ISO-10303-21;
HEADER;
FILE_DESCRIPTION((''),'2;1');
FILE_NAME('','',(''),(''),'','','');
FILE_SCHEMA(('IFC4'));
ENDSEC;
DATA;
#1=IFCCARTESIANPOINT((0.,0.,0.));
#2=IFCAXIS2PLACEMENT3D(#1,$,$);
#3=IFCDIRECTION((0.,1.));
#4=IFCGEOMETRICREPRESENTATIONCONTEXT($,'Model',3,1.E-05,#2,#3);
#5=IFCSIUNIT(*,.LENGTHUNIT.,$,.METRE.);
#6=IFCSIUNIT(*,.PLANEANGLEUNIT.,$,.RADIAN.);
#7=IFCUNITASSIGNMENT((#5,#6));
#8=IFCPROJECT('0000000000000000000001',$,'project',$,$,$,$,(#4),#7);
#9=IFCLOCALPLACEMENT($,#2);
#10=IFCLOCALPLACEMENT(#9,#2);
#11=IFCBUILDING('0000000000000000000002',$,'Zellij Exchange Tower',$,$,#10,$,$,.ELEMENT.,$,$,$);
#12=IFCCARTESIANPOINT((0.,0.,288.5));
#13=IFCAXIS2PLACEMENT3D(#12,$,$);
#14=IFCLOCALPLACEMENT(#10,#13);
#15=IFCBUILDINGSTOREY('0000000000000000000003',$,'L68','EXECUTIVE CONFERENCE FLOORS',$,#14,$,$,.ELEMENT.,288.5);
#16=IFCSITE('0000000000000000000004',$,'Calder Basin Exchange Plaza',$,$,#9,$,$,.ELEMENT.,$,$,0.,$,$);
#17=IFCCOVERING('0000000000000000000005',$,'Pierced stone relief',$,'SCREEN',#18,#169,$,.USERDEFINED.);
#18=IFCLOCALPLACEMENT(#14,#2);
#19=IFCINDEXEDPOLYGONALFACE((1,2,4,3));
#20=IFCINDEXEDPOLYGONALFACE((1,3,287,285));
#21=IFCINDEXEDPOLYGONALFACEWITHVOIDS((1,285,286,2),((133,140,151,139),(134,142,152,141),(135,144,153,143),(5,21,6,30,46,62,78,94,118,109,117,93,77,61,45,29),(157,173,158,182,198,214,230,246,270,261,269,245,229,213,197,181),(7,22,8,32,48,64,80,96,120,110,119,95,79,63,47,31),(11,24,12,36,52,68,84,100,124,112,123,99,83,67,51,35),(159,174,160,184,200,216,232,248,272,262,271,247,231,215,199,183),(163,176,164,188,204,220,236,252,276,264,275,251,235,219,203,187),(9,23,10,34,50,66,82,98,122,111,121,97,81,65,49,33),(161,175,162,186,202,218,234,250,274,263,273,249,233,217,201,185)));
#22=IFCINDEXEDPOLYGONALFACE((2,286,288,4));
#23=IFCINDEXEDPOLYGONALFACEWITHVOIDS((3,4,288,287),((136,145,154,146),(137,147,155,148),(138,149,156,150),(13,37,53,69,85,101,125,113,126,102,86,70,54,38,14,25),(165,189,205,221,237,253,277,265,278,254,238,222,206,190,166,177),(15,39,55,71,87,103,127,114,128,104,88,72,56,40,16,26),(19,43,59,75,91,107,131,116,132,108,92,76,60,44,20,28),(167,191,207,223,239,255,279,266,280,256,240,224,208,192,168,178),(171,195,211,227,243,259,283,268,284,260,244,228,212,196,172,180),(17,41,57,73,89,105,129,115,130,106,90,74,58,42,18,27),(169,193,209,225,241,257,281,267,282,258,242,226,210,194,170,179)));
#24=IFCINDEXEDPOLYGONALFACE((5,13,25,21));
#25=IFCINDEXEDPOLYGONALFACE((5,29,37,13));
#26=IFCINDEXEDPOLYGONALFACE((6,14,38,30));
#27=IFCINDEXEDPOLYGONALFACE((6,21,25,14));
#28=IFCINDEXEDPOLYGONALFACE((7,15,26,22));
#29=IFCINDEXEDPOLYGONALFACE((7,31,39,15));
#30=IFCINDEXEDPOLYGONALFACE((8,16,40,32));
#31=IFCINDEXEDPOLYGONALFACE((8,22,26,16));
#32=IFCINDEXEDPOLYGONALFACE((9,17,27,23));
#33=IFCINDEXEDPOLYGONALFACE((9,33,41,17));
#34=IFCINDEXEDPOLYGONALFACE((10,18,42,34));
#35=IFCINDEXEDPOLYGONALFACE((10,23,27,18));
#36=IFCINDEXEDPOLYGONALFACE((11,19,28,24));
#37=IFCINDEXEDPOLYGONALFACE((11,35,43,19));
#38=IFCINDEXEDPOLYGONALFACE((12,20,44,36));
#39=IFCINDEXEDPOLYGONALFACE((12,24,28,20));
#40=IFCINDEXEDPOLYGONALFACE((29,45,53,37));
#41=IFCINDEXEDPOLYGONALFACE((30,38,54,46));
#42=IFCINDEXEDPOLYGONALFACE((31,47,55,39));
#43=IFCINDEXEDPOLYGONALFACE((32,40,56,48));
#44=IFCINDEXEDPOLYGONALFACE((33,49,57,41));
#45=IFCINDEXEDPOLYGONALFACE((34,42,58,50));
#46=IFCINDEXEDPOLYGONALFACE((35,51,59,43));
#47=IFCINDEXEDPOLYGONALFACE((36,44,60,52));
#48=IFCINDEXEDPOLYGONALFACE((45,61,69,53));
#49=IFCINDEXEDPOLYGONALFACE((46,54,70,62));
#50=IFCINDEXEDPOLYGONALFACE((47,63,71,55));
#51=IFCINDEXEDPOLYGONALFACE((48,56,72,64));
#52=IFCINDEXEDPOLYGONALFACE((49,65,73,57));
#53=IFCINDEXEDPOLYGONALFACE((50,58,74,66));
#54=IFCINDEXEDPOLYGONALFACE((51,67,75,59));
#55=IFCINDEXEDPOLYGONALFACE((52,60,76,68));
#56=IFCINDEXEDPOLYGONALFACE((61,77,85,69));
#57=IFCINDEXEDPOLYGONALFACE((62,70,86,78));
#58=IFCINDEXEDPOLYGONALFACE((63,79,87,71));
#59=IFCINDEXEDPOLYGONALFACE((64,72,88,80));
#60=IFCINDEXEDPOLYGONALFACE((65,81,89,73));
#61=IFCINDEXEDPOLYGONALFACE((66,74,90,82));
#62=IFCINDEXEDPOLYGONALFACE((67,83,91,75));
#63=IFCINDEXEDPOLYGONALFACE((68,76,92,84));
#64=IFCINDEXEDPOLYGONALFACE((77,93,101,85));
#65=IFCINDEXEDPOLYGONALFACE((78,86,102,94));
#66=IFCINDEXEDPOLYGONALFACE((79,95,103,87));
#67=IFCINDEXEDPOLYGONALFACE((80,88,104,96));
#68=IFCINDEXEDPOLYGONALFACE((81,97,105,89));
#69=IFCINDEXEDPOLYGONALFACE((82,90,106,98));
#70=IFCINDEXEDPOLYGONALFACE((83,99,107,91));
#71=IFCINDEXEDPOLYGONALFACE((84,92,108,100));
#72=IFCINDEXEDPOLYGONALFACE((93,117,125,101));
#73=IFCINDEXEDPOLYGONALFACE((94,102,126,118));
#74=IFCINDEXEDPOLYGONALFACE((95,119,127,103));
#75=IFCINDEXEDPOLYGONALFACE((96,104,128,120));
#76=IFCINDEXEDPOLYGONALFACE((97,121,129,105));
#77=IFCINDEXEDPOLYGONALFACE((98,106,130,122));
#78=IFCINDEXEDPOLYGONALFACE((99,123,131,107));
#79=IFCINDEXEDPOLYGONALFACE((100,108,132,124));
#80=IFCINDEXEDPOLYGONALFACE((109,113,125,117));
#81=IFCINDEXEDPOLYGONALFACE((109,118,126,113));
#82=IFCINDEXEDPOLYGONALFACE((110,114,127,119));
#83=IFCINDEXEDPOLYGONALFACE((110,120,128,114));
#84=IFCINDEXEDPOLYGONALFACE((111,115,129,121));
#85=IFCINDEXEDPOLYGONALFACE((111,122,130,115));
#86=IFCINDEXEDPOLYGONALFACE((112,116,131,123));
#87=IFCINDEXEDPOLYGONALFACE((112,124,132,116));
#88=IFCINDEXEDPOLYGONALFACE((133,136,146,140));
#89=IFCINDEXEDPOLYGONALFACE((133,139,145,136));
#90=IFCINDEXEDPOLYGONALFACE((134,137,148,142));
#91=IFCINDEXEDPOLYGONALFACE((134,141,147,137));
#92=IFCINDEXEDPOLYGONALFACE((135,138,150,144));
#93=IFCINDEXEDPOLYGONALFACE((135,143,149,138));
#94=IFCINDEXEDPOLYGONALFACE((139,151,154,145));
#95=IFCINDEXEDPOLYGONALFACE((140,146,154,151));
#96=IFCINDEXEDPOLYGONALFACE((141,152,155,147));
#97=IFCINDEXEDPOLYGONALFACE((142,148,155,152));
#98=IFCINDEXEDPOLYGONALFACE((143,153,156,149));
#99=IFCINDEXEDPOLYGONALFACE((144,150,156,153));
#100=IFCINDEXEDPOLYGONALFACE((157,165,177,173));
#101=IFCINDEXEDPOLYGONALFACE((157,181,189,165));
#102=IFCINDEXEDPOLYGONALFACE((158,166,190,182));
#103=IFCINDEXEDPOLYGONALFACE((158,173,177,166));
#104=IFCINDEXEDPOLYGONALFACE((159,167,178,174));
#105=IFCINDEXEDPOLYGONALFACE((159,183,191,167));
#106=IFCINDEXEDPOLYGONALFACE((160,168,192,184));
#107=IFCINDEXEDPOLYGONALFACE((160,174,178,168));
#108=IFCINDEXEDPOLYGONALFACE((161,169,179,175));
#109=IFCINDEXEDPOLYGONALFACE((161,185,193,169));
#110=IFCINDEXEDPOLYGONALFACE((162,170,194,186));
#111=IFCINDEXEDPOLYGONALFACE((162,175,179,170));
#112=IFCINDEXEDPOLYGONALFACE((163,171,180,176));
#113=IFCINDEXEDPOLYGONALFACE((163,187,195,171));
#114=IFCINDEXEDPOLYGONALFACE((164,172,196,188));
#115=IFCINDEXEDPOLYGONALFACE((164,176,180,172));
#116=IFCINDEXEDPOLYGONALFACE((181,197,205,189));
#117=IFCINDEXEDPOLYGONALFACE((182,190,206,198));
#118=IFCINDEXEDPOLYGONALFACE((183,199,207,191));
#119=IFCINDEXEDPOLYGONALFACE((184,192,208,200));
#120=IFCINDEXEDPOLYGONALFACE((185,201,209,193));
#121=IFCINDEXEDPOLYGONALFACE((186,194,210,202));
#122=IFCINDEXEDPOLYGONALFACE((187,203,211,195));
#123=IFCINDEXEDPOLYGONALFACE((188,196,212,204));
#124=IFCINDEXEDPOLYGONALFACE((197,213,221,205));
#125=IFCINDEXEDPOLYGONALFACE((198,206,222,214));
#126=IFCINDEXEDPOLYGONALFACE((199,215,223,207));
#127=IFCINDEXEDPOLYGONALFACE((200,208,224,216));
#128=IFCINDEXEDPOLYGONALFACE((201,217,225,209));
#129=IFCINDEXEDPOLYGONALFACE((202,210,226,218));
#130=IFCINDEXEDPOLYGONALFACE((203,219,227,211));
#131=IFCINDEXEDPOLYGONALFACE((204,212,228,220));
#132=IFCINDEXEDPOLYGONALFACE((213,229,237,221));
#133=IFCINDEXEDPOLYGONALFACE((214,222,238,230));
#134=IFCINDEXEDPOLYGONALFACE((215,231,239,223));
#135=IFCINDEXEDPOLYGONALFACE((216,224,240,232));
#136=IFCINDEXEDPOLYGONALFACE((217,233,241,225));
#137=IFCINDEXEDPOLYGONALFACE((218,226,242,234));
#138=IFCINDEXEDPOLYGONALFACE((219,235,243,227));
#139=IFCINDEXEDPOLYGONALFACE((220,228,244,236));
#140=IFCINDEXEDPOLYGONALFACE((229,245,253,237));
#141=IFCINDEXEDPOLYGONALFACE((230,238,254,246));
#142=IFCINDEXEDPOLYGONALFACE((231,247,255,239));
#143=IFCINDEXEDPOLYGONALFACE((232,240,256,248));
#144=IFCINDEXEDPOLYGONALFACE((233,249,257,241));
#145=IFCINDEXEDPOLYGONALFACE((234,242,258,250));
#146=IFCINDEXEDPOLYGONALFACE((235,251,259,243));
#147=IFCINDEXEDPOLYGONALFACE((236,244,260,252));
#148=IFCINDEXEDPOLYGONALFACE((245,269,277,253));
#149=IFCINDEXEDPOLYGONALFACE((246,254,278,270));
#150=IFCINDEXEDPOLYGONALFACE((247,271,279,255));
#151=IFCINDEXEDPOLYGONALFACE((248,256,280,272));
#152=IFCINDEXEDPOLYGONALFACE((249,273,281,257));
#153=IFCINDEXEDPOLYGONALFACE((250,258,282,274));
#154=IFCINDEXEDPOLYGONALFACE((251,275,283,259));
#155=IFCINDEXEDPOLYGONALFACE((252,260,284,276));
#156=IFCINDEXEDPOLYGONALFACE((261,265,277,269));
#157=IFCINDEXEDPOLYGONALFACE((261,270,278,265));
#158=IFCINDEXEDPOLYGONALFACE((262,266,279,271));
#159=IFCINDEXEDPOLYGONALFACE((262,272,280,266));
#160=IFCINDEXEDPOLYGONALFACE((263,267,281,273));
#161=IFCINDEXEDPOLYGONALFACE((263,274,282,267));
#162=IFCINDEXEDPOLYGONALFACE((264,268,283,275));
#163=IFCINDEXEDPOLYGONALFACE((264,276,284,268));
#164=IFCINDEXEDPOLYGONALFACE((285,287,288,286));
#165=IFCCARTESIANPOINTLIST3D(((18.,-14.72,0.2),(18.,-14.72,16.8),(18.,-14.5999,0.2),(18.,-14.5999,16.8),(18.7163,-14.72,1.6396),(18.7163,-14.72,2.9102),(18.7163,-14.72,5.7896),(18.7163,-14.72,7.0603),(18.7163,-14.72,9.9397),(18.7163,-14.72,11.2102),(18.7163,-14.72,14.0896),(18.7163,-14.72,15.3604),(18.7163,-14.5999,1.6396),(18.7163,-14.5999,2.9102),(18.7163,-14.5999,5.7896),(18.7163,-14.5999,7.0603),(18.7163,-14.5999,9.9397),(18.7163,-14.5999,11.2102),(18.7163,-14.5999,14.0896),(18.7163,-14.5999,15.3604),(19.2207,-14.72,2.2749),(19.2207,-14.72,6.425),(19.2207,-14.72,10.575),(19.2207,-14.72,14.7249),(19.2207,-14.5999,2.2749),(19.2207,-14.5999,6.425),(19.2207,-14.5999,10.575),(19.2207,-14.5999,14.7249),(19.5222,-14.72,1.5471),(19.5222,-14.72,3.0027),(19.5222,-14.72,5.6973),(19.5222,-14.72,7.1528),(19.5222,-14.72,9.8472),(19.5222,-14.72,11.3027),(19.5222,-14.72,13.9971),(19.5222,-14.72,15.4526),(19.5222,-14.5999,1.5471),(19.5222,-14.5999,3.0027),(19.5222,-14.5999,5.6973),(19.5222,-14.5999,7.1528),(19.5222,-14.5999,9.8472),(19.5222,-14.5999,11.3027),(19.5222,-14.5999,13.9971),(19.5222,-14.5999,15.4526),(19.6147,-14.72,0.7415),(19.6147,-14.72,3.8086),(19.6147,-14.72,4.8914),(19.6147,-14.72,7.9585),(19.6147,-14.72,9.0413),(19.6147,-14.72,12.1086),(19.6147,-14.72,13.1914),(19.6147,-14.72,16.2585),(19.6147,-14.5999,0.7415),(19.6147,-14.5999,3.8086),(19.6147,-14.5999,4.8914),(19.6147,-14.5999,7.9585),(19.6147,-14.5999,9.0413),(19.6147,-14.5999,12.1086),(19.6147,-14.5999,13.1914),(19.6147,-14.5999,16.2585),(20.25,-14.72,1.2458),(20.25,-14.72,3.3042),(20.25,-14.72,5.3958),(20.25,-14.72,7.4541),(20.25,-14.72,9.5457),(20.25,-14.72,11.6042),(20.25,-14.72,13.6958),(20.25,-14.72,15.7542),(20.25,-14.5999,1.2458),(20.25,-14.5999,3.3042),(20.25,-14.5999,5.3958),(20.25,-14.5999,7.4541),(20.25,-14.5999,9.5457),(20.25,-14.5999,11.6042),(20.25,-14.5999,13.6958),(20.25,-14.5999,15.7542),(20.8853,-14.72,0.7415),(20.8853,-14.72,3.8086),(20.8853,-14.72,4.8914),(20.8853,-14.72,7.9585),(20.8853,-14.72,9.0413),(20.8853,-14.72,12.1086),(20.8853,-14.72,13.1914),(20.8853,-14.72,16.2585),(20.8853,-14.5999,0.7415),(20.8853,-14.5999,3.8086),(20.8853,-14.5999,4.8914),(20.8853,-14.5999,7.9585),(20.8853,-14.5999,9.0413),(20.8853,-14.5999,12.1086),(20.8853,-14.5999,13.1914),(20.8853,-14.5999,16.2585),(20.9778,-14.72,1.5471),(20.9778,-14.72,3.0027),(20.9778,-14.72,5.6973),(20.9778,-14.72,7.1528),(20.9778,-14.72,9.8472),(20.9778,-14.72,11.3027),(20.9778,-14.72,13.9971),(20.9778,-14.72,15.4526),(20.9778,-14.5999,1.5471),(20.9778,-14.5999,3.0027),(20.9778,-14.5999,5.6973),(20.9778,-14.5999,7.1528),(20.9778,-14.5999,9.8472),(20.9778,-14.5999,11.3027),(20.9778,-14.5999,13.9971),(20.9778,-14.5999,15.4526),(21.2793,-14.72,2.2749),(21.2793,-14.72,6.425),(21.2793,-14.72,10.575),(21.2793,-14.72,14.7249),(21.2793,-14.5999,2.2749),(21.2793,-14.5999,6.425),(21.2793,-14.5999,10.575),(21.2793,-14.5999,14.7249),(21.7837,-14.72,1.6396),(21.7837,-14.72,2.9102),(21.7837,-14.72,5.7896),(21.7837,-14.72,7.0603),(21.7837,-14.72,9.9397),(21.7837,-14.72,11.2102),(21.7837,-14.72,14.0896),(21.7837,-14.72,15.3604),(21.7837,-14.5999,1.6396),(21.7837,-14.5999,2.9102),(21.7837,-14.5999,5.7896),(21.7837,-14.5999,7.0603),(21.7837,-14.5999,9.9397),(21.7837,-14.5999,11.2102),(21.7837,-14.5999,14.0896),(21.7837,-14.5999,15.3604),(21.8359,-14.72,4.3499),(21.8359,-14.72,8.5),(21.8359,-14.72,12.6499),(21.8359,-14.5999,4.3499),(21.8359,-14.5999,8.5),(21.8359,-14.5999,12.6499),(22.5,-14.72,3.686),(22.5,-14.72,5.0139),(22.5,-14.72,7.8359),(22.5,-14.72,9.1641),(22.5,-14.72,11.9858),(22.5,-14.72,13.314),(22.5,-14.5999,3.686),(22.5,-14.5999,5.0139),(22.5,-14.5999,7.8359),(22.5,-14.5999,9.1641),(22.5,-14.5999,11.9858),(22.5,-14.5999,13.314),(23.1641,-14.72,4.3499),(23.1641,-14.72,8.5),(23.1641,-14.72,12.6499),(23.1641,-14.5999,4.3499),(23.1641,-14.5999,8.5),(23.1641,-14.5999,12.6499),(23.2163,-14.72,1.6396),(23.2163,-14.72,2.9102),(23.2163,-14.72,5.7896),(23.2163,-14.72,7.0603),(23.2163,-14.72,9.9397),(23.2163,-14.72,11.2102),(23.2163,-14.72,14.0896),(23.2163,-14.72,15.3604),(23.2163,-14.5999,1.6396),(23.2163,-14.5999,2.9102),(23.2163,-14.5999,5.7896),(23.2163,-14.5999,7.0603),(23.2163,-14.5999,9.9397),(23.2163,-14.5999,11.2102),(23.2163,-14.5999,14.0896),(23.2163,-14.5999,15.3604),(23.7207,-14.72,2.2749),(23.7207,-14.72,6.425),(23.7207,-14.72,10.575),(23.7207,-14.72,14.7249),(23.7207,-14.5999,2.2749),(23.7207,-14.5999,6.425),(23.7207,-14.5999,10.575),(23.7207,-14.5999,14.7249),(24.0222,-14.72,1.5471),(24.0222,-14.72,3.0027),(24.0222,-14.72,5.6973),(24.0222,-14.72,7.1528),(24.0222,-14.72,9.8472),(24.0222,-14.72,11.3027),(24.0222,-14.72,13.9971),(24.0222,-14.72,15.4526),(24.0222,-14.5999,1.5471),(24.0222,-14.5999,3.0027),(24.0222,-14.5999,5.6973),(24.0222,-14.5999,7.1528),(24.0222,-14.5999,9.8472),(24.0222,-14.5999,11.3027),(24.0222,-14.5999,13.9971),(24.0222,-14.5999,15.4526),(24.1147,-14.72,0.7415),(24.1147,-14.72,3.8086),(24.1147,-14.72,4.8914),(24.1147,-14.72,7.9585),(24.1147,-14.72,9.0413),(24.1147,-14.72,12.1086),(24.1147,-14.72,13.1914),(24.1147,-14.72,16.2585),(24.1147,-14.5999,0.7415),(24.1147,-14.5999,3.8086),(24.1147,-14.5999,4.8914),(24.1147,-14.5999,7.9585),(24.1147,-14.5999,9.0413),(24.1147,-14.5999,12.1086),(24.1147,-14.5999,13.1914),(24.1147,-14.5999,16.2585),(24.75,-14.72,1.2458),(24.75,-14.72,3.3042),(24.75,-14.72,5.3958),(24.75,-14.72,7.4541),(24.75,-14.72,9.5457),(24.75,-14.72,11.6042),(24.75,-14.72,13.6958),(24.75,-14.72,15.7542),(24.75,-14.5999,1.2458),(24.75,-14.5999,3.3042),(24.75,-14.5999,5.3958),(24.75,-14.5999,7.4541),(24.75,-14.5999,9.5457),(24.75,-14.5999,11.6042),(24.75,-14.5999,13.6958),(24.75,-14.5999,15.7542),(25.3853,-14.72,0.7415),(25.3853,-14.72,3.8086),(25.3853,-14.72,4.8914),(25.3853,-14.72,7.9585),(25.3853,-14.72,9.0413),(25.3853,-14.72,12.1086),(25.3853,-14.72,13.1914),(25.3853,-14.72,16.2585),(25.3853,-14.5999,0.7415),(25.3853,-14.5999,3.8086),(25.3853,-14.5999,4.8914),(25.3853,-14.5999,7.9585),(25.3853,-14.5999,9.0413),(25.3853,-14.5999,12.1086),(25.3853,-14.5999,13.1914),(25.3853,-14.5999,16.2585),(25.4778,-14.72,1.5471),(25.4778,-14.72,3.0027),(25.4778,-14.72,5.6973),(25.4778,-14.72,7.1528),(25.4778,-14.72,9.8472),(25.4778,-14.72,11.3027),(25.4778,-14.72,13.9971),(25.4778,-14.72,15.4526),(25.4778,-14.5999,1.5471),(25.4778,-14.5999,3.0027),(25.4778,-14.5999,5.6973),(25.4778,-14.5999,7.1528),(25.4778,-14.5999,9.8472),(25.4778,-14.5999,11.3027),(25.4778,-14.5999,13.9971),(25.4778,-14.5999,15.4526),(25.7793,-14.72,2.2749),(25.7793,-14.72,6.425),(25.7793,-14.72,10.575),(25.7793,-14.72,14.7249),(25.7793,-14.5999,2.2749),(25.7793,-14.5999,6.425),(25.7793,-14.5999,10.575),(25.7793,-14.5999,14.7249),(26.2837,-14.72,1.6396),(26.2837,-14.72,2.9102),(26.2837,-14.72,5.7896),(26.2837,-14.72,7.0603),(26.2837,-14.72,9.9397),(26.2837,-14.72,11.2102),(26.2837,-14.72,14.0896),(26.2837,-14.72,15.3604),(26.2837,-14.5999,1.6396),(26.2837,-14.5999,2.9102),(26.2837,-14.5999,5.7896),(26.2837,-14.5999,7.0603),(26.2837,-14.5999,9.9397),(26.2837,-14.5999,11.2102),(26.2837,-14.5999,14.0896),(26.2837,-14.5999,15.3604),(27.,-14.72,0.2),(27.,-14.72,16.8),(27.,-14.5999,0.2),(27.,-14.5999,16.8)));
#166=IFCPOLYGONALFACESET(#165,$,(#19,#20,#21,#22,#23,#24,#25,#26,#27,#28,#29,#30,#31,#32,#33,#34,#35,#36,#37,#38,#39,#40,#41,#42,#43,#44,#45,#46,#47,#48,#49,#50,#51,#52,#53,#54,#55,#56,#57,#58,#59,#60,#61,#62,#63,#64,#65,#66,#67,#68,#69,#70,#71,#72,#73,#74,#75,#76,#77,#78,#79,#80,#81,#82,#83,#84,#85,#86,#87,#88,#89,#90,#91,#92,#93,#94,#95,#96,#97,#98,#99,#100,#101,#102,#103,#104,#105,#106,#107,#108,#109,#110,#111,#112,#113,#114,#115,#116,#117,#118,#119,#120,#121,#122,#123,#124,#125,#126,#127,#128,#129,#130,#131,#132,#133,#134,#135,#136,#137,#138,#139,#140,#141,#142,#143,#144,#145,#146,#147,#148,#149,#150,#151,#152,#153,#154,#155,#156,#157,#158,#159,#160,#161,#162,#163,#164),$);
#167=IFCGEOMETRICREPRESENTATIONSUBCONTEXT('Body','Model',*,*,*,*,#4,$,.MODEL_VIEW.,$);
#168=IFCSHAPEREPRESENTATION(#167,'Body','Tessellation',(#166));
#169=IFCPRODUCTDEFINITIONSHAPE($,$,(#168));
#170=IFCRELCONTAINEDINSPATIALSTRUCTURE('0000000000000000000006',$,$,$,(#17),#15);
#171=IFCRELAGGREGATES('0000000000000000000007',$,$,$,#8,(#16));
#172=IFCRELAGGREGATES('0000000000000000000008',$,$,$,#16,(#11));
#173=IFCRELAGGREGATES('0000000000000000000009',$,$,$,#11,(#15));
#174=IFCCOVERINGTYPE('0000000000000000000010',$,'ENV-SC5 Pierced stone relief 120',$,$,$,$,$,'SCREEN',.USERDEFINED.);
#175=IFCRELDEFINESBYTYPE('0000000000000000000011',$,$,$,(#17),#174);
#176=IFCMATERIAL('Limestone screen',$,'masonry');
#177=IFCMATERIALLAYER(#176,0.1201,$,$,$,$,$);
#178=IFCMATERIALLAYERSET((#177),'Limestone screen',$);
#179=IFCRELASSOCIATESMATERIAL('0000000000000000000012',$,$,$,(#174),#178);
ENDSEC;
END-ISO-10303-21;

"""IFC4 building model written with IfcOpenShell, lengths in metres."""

from ifc_helpers import new_model, si_unit, direction, frame, origin, place, context, subcontext, project, spatial, polyline, outline, extrude, material, layer, layer_set, type_object, element, save


model = new_model("IFC4")

# Units and contexts
model_context = context("Model", 3, precision=1e-05, world=origin(), true_north=direction((0.0, 1.0)))
body_context = subcontext(model_context, "Body", "Model", "MODEL_VIEW")
ifc_project = project(units=[si_unit("LENGTHUNIT", "METRE"), si_unit("PLANEANGLEUNIT", "RADIAN")], contexts=[model_context])

# Site, building, storey
site_placement = place(None, origin())
site = spatial("IfcSite", under=ifc_project, at=site_placement, Name="Calder Basin Exchange Plaza", CompositionType="ELEMENT", RefElevation=0.0)
building_placement = place(site_placement, origin())
building = spatial("IfcBuilding", under=site, at=building_placement, Name="Zellij Exchange Tower", CompositionType="ELEMENT")
storey_placement = place(building_placement, frame((0.0, 0.0, 288.5)))
storey = spatial("IfcBuildingStorey", under=building, at=storey_placement, Name="L68", Description="EXECUTIVE CONFERENCE FLOORS", CompositionType="ELEMENT", Elevation=288.5)

# Covering
ifc_material_1 = material(Name="Limestone screen", Category="masonry")
ifc_layer_1 = layer(ifc_material_1, 0.1201)
ifc_layer_set_1 = layer_set([ifc_layer_1], Name="Limestone screen")
covering_type = type_object("IfcCoveringType", Name="ENV-SC5 Pierced stone relief 120", ElementType="SCREEN", PredefinedType="USERDEFINED", material=ifc_layer_set_1)
covering_placement = place(storey_placement, frame((18.0, -14.6599, 0.2), z_axis=(0.0, 0.0, 1.0), x_axis=(1.0, 0.0, 0.0)))
element("IfcCovering", 1, at=covering_placement, inside=storey, type_object=covering_type, Name="Pierced stone relief", ObjectType="SCREEN", PredefinedType="USERDEFINED", context=body_context, shape_type="SweptSolid", body=[
    extrude(outline(polyline([(0.0, 0.0), (9.0, 0.0), (9.0, 16.6001), (0.0, 16.6001), (0.0, 0.0)]), holes=[polyline([(3.7837, 2.7102), (2.9778, 2.8027), (2.8853, 3.6086), (2.25, 3.1042), (1.6147, 3.6086), (1.5222, 2.8027), (0.7163, 2.7102), (1.2207, 2.075), (0.7163, 1.4397), (1.5222, 1.3472), (1.6147, 0.5415), (2.25, 1.0459), (2.8853, 0.5415), (2.9778, 1.3472), (3.7837, 1.4397), (3.2793, 2.075), (3.7837, 2.7102)]), polyline([(3.7837, 6.8604), (2.9778, 6.9529), (2.8853, 7.7585), (2.25, 7.2542), (1.6147, 7.7585), (1.5222, 6.9529), (0.7163, 6.8604), (1.2207, 6.2251), (0.7163, 5.5896), (1.5222, 5.4973), (1.6147, 4.6914), (2.25, 5.1958), (2.8853, 4.6914), (2.9778, 5.4973), (3.7837, 5.5896), (3.2793, 6.2251), (3.7837, 6.8604)]), polyline([(3.7837, 11.0103), (2.9778, 11.1028), (2.8853, 11.9087), (2.25, 11.4043), (1.6147, 11.9087), (1.5222, 11.1028), (0.7163, 11.0103), (1.2207, 10.375), (0.7163, 9.7397), (1.5222, 9.6472), (1.6147, 8.8413), (2.25, 9.3457), (2.8853, 8.8413), (2.9778, 9.6472), (3.7837, 9.7397), (3.2793, 10.375), (3.7837, 11.0103)]), polyline([(3.7837, 15.1604), (2.9778, 15.2527), (2.8853, 16.0586), (2.25, 15.5542), (1.6147, 16.0586), (1.5222, 15.2527), (0.7163, 15.1604), (1.2207, 14.5249), (0.7163, 13.8896), (1.5222, 13.7971), (1.6147, 12.9915), (2.25, 13.4958), (2.8853, 12.9915), (2.9778, 13.7971), (3.7837, 13.8896), (3.2793, 14.5249), (3.7837, 15.1604)]), polyline([(8.2837, 2.7102), (7.4778, 2.8027), (7.3853, 3.6086), (6.75, 3.1042), (6.1147, 3.6086), (6.0222, 2.8027), (5.2163, 2.7102), (5.7207, 2.075), (5.2163, 1.4397), (6.0222, 1.3472), (6.1147, 0.5415), (6.75, 1.0459), (7.3853, 0.5415), (7.4778, 1.3472), (8.2837, 1.4397), (7.7793, 2.075), (8.2837, 2.7102)]), polyline([(8.2837, 6.8604), (7.4778, 6.9529), (7.3853, 7.7585), (6.75, 7.2542), (6.1147, 7.7585), (6.0222, 6.9529), (5.2163, 6.8604), (5.7207, 6.2251), (5.2163, 5.5896), (6.0222, 5.4973), (6.1147, 4.6914), (6.75, 5.1958), (7.3853, 4.6914), (7.4778, 5.4973), (8.2837, 5.5896), (7.7793, 6.2251), (8.2837, 6.8604)]), polyline([(8.2837, 11.0103), (7.4778, 11.1028), (7.3853, 11.9087), (6.75, 11.4043), (6.1147, 11.9087), (6.0222, 11.1028), (5.2163, 11.0103), (5.7207, 10.375), (5.2163, 9.7397), (6.0222, 9.6472), (6.1147, 8.8413), (6.75, 9.3457), (7.3853, 8.8413), (7.4778, 9.6472), (8.2837, 9.7397), (7.7793, 10.375), (8.2837, 11.0103)]), polyline([(8.2837, 15.1604), (7.4778, 15.2527), (7.3853, 16.0586), (6.75, 15.5542), (6.1147, 16.0586), (6.0222, 15.2527), (5.2163, 15.1604), (5.7207, 14.5249), (5.2163, 13.8896), (6.0222, 13.7971), (6.1147, 12.9915), (6.75, 13.4958), (7.3853, 12.9915), (7.4778, 13.7971), (8.2837, 13.8896), (7.7793, 14.5249), (8.2837, 15.1604)]), polyline([(5.1641, 4.1499), (4.5, 4.814), (3.8359, 4.1499), (4.5, 3.4861), (5.1641, 4.1499)]), polyline([(5.1641, 8.3), (4.5, 8.9641), (3.8359, 8.3), (4.5, 7.636), (5.1641, 8.3)]), polyline([(5.1641, 12.45), (4.5, 13.114), (3.8359, 12.45), (4.5, 11.7859), (5.1641, 12.45)])]), frame((0.0, 0.0601, 0.0), z_axis=(0.0, -1.0, 0.0), x_axis=(1.0, 0.0, 0.0)), (0.0, 0.0, 1.0), 0.1201),
])

save(model, "model.ifc")
